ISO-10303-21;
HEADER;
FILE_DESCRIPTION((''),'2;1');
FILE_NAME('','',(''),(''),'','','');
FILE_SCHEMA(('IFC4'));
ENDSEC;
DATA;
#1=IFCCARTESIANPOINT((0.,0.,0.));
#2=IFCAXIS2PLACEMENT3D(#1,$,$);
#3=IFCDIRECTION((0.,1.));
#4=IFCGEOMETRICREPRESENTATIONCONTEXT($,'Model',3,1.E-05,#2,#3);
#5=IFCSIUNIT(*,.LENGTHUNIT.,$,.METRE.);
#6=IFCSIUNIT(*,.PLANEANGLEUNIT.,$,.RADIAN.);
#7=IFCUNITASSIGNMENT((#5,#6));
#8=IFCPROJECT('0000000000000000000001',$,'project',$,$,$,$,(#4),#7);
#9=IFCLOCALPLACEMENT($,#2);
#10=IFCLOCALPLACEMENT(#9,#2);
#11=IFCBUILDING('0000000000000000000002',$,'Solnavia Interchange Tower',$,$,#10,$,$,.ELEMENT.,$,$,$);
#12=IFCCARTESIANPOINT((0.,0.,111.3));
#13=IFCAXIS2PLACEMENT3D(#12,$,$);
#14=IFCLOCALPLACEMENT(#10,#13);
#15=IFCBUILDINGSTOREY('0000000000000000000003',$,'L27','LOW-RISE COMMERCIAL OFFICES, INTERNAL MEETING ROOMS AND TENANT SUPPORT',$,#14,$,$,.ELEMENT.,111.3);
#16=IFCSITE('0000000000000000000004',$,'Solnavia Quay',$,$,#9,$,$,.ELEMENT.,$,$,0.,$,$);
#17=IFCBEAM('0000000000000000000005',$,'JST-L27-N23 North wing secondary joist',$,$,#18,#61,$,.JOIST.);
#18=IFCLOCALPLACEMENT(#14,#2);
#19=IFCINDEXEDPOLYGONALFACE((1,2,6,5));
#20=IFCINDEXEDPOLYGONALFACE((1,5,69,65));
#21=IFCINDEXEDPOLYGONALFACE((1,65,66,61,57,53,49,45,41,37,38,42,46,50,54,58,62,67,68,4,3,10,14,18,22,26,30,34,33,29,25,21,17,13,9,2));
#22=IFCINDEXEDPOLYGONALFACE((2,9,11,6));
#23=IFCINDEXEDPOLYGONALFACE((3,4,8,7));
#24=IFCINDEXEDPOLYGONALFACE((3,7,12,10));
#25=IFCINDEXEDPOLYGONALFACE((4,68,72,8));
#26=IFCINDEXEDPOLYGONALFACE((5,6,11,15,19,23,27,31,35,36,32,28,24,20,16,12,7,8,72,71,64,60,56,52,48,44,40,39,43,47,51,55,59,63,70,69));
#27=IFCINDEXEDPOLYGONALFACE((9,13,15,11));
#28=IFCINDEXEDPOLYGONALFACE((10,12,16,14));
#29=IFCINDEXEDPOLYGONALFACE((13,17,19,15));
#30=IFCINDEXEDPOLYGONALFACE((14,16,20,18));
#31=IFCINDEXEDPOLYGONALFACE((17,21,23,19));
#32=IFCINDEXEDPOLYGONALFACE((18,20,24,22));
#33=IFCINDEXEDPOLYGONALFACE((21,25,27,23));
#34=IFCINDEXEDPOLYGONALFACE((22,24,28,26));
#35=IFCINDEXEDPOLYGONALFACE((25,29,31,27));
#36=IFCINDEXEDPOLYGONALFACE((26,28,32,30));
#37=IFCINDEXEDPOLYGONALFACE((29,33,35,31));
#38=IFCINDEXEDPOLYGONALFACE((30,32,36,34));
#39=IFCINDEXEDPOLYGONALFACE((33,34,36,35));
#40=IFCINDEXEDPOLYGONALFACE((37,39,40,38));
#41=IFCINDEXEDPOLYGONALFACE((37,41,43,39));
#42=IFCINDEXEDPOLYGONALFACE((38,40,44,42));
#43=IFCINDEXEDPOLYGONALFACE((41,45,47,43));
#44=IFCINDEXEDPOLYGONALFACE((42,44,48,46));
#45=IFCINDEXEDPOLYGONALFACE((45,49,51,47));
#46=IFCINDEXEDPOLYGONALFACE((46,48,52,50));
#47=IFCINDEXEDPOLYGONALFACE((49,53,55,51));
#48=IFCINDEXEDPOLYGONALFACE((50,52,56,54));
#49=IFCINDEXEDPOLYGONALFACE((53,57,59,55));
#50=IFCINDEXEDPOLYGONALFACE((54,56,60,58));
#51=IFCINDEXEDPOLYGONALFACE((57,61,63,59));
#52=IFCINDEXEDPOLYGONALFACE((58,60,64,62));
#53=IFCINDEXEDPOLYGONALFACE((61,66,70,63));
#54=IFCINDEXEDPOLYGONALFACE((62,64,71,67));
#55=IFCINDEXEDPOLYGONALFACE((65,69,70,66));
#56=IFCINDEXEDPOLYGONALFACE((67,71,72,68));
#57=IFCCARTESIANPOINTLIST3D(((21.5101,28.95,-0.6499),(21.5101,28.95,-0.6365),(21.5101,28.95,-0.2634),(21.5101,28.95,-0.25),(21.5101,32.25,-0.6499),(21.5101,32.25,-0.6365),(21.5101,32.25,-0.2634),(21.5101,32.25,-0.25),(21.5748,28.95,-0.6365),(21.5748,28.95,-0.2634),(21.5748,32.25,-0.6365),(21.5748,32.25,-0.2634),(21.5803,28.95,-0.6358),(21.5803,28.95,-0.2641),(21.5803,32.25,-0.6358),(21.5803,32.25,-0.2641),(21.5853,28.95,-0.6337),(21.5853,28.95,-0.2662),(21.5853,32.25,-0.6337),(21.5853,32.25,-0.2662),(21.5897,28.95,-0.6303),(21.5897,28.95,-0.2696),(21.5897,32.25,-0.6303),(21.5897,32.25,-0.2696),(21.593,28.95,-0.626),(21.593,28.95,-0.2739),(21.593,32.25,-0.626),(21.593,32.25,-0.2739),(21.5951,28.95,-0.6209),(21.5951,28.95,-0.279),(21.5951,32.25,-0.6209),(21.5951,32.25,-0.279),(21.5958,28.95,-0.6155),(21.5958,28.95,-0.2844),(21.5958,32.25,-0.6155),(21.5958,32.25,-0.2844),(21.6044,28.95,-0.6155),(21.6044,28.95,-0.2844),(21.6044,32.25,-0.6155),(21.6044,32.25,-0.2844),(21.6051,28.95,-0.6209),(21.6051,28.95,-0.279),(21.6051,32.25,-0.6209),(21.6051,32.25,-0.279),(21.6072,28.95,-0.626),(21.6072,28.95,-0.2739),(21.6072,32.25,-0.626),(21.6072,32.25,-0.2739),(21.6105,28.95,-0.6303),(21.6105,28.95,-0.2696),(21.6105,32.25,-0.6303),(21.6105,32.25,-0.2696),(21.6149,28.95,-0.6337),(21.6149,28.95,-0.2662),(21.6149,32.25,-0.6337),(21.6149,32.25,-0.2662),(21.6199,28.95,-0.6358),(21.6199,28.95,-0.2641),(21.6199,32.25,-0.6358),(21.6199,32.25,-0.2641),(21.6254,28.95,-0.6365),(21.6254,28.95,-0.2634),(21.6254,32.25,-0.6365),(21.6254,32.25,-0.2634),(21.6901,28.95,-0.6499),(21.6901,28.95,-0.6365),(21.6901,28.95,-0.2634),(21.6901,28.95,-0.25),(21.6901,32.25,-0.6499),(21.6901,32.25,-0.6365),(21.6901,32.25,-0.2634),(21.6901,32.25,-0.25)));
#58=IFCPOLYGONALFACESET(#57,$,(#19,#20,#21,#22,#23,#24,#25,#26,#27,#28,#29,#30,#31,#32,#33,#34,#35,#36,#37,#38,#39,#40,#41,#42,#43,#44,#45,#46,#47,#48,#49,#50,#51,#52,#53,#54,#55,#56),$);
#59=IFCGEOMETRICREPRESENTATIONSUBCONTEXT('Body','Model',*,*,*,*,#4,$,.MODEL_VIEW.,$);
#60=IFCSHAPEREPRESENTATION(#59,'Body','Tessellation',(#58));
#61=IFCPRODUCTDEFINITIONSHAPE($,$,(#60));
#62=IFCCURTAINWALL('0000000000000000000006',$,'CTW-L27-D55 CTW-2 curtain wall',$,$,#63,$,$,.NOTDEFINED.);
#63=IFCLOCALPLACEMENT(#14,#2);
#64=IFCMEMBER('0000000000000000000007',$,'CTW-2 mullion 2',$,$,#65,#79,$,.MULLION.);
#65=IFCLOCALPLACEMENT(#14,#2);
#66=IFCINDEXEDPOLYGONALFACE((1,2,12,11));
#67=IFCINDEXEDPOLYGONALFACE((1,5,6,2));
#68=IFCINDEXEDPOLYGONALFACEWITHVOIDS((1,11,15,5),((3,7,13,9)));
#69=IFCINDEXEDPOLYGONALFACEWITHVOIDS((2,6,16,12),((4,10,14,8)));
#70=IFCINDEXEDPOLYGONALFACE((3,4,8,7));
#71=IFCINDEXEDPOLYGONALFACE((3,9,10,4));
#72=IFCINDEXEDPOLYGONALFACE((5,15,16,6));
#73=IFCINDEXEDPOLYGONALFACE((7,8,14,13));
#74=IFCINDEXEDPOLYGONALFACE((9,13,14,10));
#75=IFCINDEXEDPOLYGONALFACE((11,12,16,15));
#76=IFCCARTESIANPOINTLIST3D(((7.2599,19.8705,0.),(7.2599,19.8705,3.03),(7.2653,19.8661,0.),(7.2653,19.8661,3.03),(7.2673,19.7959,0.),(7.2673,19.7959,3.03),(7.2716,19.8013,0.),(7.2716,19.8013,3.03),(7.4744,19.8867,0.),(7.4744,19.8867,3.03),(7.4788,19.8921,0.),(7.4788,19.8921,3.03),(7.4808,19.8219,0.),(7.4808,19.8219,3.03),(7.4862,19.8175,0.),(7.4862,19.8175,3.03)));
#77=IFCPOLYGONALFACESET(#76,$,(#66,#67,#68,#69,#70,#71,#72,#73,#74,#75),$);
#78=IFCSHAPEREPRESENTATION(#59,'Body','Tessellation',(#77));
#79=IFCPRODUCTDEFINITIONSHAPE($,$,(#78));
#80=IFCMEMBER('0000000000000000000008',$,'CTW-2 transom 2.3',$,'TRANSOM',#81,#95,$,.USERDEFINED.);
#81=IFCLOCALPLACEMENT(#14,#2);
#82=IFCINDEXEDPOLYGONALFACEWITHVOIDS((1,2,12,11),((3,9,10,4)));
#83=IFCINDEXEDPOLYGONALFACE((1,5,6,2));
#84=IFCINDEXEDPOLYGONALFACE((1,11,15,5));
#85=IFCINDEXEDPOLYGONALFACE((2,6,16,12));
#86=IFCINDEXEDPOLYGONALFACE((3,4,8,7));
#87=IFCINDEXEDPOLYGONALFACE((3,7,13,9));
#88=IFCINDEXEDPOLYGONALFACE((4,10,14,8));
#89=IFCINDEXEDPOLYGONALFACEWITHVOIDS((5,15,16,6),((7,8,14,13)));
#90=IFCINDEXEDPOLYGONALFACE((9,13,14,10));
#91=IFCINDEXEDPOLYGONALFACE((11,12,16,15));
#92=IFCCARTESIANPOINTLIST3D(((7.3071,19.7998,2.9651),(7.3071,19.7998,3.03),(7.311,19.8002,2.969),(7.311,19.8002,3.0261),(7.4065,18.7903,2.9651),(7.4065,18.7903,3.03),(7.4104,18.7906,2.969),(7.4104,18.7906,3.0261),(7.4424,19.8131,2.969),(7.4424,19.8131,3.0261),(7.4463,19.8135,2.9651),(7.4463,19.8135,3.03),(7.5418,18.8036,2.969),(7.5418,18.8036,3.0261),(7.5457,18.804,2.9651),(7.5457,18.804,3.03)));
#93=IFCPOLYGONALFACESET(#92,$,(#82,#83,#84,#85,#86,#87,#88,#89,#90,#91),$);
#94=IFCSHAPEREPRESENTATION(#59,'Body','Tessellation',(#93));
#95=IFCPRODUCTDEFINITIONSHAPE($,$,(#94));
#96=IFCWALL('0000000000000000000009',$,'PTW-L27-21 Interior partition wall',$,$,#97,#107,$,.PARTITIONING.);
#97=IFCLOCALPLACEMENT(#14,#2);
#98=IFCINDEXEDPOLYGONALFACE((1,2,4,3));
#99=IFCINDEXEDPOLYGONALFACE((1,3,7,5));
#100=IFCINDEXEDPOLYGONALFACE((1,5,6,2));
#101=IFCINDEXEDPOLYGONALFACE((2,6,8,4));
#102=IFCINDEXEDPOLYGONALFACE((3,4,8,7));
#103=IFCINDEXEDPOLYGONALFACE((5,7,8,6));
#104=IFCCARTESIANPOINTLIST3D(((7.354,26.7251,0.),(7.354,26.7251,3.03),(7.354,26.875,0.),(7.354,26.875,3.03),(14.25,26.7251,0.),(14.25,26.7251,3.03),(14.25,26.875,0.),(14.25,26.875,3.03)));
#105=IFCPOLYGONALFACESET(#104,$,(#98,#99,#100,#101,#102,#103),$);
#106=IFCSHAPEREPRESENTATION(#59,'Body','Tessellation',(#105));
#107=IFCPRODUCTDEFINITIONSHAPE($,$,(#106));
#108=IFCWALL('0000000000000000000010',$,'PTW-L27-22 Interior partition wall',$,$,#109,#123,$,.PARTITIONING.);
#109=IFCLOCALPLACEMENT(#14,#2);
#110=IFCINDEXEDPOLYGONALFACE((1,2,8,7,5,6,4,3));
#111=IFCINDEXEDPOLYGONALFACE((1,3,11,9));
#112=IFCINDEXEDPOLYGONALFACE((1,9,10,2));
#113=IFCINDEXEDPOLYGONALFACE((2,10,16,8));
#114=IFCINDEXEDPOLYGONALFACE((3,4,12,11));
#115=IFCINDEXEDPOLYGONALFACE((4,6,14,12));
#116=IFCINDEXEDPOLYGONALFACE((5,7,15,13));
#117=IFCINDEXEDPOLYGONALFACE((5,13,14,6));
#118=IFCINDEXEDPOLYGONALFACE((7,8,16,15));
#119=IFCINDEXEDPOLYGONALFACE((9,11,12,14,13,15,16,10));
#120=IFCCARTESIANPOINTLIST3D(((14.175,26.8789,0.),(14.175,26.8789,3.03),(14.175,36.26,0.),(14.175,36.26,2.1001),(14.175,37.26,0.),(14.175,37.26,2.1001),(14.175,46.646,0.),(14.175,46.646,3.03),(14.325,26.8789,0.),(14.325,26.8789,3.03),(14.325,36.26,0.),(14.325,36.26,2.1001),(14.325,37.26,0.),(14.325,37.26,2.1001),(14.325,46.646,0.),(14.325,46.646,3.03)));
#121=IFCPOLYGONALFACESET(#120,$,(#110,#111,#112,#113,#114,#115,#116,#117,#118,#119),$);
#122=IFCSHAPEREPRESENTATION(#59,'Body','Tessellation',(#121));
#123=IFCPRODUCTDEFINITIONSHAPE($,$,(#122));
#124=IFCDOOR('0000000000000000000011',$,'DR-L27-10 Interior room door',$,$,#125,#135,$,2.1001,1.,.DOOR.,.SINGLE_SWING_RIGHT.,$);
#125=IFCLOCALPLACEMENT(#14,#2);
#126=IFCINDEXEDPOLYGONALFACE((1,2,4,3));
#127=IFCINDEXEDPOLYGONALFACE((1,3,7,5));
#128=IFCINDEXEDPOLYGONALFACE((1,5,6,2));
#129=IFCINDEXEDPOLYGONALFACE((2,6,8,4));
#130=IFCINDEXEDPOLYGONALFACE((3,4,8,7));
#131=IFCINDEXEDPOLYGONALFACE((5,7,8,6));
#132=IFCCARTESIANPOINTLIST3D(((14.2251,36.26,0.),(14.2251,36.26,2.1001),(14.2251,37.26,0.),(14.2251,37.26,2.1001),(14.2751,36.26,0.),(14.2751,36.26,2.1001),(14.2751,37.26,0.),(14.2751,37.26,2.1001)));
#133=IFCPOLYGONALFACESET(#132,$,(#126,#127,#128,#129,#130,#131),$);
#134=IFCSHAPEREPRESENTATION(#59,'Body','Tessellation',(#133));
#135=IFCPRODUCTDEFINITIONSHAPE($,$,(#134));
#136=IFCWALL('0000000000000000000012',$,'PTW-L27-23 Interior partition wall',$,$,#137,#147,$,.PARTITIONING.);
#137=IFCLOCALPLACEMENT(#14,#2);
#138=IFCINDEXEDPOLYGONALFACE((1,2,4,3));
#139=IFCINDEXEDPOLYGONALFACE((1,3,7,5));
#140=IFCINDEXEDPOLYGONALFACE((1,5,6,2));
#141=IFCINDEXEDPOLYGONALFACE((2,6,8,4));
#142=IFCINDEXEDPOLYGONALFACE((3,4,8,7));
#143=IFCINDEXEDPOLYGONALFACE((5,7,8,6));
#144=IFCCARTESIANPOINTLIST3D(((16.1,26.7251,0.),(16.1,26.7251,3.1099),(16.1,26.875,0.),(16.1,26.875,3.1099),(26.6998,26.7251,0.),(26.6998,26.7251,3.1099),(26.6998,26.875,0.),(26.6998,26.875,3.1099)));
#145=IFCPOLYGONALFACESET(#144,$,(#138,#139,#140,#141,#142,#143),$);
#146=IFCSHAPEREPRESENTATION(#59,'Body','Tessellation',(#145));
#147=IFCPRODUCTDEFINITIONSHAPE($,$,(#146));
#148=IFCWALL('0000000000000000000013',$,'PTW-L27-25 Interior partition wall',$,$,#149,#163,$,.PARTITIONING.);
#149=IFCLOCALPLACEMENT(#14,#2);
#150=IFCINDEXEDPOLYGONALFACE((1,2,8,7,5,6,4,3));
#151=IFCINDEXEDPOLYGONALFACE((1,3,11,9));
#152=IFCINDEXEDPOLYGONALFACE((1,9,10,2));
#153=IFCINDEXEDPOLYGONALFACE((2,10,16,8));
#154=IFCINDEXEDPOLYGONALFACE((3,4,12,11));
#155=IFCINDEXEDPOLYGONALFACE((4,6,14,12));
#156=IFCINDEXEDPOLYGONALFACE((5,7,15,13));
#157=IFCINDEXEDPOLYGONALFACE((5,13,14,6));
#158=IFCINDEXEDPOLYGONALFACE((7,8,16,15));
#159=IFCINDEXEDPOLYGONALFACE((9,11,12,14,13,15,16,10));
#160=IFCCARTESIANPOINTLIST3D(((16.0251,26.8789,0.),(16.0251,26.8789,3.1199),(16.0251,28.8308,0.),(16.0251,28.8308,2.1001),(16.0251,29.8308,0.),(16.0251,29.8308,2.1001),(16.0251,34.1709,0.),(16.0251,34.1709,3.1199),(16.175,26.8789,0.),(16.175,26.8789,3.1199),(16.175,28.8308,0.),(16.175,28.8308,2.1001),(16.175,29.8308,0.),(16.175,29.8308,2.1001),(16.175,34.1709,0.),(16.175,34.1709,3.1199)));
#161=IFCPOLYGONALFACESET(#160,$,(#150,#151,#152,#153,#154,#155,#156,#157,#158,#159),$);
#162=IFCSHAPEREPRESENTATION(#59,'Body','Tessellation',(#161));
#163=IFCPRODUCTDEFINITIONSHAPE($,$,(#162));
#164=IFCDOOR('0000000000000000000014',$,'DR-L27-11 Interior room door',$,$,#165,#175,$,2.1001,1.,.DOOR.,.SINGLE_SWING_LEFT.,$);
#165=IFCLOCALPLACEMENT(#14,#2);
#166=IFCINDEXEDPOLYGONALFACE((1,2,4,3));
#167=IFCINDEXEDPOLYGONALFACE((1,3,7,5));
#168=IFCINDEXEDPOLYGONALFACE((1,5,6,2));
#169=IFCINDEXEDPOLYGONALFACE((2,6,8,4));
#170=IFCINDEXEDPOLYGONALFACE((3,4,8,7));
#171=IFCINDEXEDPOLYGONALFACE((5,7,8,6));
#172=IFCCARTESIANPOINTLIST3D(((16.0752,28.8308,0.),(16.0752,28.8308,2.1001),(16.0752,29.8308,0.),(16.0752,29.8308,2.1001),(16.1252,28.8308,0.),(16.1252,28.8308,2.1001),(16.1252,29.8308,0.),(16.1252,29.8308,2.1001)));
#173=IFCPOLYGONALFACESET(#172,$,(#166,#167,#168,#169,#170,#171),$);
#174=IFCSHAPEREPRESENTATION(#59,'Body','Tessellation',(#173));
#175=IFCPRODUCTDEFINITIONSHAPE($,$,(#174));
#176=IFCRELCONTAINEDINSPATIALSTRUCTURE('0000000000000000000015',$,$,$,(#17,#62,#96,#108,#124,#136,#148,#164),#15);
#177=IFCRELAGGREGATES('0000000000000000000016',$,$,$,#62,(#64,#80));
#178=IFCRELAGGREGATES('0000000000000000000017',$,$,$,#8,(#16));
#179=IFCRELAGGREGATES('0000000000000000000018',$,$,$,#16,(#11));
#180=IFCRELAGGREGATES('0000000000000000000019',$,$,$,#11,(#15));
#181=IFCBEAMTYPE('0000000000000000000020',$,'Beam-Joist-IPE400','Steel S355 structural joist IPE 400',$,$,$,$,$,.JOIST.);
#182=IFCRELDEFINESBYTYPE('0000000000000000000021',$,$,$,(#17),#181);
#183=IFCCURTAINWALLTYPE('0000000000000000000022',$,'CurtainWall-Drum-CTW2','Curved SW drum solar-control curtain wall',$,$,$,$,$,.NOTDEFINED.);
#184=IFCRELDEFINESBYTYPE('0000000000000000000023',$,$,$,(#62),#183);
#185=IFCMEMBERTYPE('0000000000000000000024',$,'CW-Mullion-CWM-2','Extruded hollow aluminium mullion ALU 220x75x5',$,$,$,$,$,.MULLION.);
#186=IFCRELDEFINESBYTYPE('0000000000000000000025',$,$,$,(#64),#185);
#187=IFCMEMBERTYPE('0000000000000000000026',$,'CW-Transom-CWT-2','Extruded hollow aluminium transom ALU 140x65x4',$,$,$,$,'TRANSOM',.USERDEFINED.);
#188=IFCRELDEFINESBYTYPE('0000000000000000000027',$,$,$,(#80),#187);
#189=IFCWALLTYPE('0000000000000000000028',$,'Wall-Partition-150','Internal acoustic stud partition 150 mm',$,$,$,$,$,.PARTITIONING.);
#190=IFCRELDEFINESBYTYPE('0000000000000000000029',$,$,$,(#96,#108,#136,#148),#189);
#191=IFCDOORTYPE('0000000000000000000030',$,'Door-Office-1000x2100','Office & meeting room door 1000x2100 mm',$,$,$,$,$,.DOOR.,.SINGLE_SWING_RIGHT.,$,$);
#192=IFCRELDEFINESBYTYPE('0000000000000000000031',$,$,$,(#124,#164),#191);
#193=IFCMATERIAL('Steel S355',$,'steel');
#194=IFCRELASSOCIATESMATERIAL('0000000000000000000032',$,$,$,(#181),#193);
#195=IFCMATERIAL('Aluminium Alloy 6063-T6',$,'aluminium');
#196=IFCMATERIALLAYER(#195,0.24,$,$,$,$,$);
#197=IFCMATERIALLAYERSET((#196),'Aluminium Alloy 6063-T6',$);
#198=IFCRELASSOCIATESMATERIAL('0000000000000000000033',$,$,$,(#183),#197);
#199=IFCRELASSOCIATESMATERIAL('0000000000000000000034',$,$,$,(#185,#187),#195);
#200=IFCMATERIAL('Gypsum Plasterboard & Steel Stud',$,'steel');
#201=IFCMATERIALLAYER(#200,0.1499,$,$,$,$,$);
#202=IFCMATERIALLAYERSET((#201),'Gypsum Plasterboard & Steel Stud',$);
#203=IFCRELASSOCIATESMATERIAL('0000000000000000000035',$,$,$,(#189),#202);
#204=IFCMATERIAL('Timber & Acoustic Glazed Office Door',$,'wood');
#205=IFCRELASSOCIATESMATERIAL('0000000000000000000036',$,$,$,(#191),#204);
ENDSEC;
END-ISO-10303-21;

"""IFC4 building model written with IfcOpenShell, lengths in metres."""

from ifc_helpers import new_model, si_unit, direction, frame, frame_2d, origin, origin_2d, place, context, subcontext, project, spatial, rectangle, hollow_rectangle, i_section, extrude, material, layer, layer_set, material_profile, profile_set, type_object, element, fill, aggregate, save


model = new_model("IFC4")

# Units and contexts
model_context = context("Model", 3, precision=1e-05, world=origin(), true_north=direction((0.0, 1.0)))
body_context = subcontext(model_context, "Body", "Model", "MODEL_VIEW")
ifc_project = project(units=[si_unit("LENGTHUNIT", "METRE"), si_unit("PLANEANGLEUNIT", "RADIAN")], contexts=[model_context])

# Site, building, storey
site_placement = place(None, origin())
site = spatial("IfcSite", under=ifc_project, at=site_placement, Name="Solnavia Quay", CompositionType="ELEMENT", RefElevation=0.0)
building_placement = place(site_placement, origin())
building = spatial("IfcBuilding", under=site, at=building_placement, Name="Solnavia Interchange Tower", CompositionType="ELEMENT")
storey_placement = place(building_placement, frame((0.0, 0.0, 111.3)))
storey = spatial("IfcBuildingStorey", under=building, at=storey_placement, Name="L27", Description="LOW-RISE COMMERCIAL OFFICES, INTERNAL MEETING ROOMS AND TENANT SUPPORT", CompositionType="ELEMENT", Elevation=111.3)

# Shared definitions
ifc_material_1 = material(Name="Steel S355", Category="steel")

# Beam
ifc_material_profile_1 = material_profile(ifc_material_1, i_section(OverallWidth=0.1799, OverallDepth=0.3999, WebThickness=0.0085, FlangeThickness=0.0134, FilletRadius=0.021, at=origin_2d()), Name="IPE 400")
ifc_profile_set_1 = profile_set([ifc_material_profile_1], Name="Steel S355")
beam_type_1 = type_object("IfcBeamType", Name="Beam-Joist-IPE400", Description="Steel S355 structural joist IPE 400", PredefinedType="JOIST", material=ifc_profile_set_1)
for number, where, z_axis, x_axis, name in (
    (1, (21.6001, 28.95, -0.45), (0.0, 1.0, 0.0), (-1.0, 0.0, 0.0), "JST-L27-N23 North wing secondary joist"),
):
    element("IfcBeam", number, at=place(storey_placement, frame(where, z_axis=z_axis, x_axis=x_axis)), inside=storey, type_object=beam_type_1, Name=name, PredefinedType="JOIST", context=body_context, shape_type="SweptSolid", body=[
        extrude(i_section(OverallWidth=0.1799, OverallDepth=0.3999, WebThickness=0.0085, FlangeThickness=0.0134, FilletRadius=0.021, at=origin_2d()), origin(), (0.0, 0.0, 1.0), 3.3),
    ])

# Curtain wall, members
ifc_material_2 = material(Name="Aluminium Alloy 6063-T6", Category="aluminium")
ifc_layer_1 = layer(ifc_material_2, 0.24)
ifc_layer_set_1 = layer_set([ifc_layer_1], Name="Aluminium Alloy 6063-T6")
curtain_wall_type = type_object("IfcCurtainWallType", Name="CurtainWall-Drum-CTW2", Description="Curved SW drum solar-control curtain wall", PredefinedType="NOTDEFINED", material=ifc_layer_set_1)
curtain_wall_placement = place(storey_placement, origin())
curtain_wall = element("IfcCurtainWall", 2, at=curtain_wall_placement, inside=storey, type_object=curtain_wall_type, Name="CTW-L27-D55 CTW-2 curtain wall", PredefinedType="NOTDEFINED")
ifc_material_profile_2 = material_profile(ifc_material_2, hollow_rectangle(XDim=0.075, YDim=0.22, WallThickness=0.0049, at=origin_2d()), Name="ALU 220x75x5")
ifc_profile_set_2 = profile_set([ifc_material_profile_2], Name="Aluminium Alloy 6063-T6")
member_type_1 = type_object("IfcMemberType", Name="CW-Mullion-CWM-2", Description="Extruded hollow aluminium mullion ALU 220x75x5", PredefinedType="MULLION", material=ifc_profile_set_2)
member_1_placement = place(storey_placement, frame((7.373, 19.844, 0.0), z_axis=(0.0, 0.0, 1.0), x_axis=(0.098045, -0.995182, 0.0)))
member_1 = element("IfcMember", 3, at=member_1_placement, type_object=member_type_1, Name="CTW-2 mullion 2", PredefinedType="MULLION", context=body_context, shape_type="SweptSolid", body=[
    extrude(hollow_rectangle(XDim=0.075, YDim=0.22, WallThickness=0.0049, at=origin_2d()), origin(), (0.0, 0.0, 1.0), 3.03),
])
ifc_material_profile_3 = material_profile(ifc_material_2, hollow_rectangle(XDim=0.0649, YDim=0.1399, WallThickness=0.0039, at=origin_2d()), Name="ALU 140x65x4")
ifc_profile_set_3 = profile_set([ifc_material_profile_3], Name="Aluminium Alloy 6063-T6")
member_type_2 = type_object("IfcMemberType", Name="CW-Transom-CWT-2", Description="Extruded hollow aluminium transom ALU 140x65x4", ElementType="TRANSOM", PredefinedType="USERDEFINED", material=ifc_profile_set_3)
member_2_placement = place(storey_placement, frame((7.3767, 19.8066, 2.9976), z_axis=(0.097955, -0.995191, 0.0), x_axis=(0.0, 0.0, 1.0)))
member_2 = element("IfcMember", 4, at=member_2_placement, type_object=member_type_2, Name="CTW-2 transom 2.3", ObjectType="TRANSOM", PredefinedType="USERDEFINED", context=body_context, shape_type="SweptSolid", body=[
    extrude(hollow_rectangle(XDim=0.0649, YDim=0.1399, WallThickness=0.0039, at=origin_2d()), origin(), (0.0, 0.0, 1.0), 1.0144),
])
aggregate(curtain_wall, [member_1, member_2])

# Wall
ifc_material_3 = material(Name="Gypsum Plasterboard & Steel Stud", Category="steel")
ifc_layer_2 = layer(ifc_material_3, 0.1499)
ifc_layer_set_2 = layer_set([ifc_layer_2], Name="Gypsum Plasterboard & Steel Stud")
wall_type_1 = type_object("IfcWallType", Name="Wall-Partition-150", Description="Internal acoustic stud partition 150 mm", PredefinedType="PARTITIONING", material=ifc_layer_set_2)
wall_1_placement = place(storey_placement, frame((7.354, 26.8, 0.0), z_axis=(0.0, 0.0, 1.0), x_axis=(1.0, 0.0, 0.0)))
element("IfcWall", 5, at=wall_1_placement, inside=storey, type_object=wall_type_1, Name="PTW-L27-21 Interior partition wall", PredefinedType="PARTITIONING", context=body_context, shape_type="SweptSolid", body=[
    extrude(rectangle(XDim=6.896, YDim=0.1499, at=frame_2d((3.448, 0.0))), origin(), (0.0, 0.0, 1.0), 3.03),
])

# Wall, opening, door
wall_2_placement = place(storey_placement, frame((14.25, 26.8789, 0.0), z_axis=(0.0, 0.0, 1.0), x_axis=(0.0, 1.0, 0.0)))
wall_2 = element("IfcWall", 6, at=wall_2_placement, inside=storey, type_object=wall_type_1, Name="PTW-L27-22 Interior partition wall", PredefinedType="PARTITIONING", context=body_context, shape_type="SweptSolid", body=[
    extrude(rectangle(XDim=19.7671, YDim=0.1499, at=frame_2d((9.8835, 0.0))), origin(), (0.0, 0.0, 1.0), 3.03),
])
opening_1_placement = place(wall_2_placement, frame((9.3811, 0.0, 0.0)))
opening_1 = element("IfcOpeningElement", 7, at=opening_1_placement, cuts=wall_2, PredefinedType="OPENING", context=body_context, shape_type="SweptSolid", body=[
    extrude(rectangle(XDim=1.0, YDim=2.1001, at=frame_2d((0.5, 1.05))), frame((0.0, 0.085, 0.0), z_axis=(0.0, -1.0, 0.0), x_axis=(1.0, 0.0, 0.0)), (0.0, 0.0, 1.0), 0.1699),
])
ifc_material_4 = material(Name="Timber & Acoustic Glazed Office Door", Category="wood")
door_type_1 = type_object("IfcDoorType", Name="Door-Office-1000x2100", Description="Office & meeting room door 1000x2100 mm", OperationType="SINGLE_SWING_RIGHT", PredefinedType="DOOR", material=ifc_material_4)
door_1_placement = place(opening_1_placement, origin())
door_1 = element("IfcDoor", 8, at=door_1_placement, inside=storey, type_object=door_type_1, Name="DR-L27-10 Interior room door", OperationType="SINGLE_SWING_RIGHT", OverallHeight=2.1001, OverallWidth=1.0, PredefinedType="DOOR", context=body_context, shape_type="SweptSolid", body=[
    extrude(rectangle(XDim=1.0, YDim=2.1001, at=frame_2d((0.5, 1.05))), frame((0.0, 0.0249, 0.0), z_axis=(0.0, -1.0, 0.0), x_axis=(1.0, 0.0, 0.0)), (0.0, 0.0, 1.0), 0.05),
])
fill(opening_1, door_1)

# Wall
wall_3_placement = place(storey_placement, frame((16.1001, 26.8, 0.0), z_axis=(0.0, 0.0, 1.0), x_axis=(1.0, 0.0, 0.0)))
element("IfcWall", 9, at=wall_3_placement, inside=storey, type_object=wall_type_1, Name="PTW-L27-23 Interior partition wall", PredefinedType="PARTITIONING", context=body_context, shape_type="SweptSolid", body=[
    extrude(rectangle(XDim=10.5999, YDim=0.1499, at=frame_2d((5.2998, 0.0))), origin(), (0.0, 0.0, 1.0), 3.1099),
])

# Wall, opening, door
wall_4_placement = place(storey_placement, frame((16.1001, 26.8789, 0.0), z_axis=(0.0, 0.0, 1.0), x_axis=(0.0, 1.0, 0.0)))
wall_4 = element("IfcWall", 10, at=wall_4_placement, inside=storey, type_object=wall_type_1, Name="PTW-L27-25 Interior partition wall", PredefinedType="PARTITIONING", context=body_context, shape_type="SweptSolid", body=[
    extrude(rectangle(XDim=7.292, YDim=0.1499, at=frame_2d((3.646, 0.0))), origin(), (0.0, 0.0, 1.0), 3.1199),
])
opening_2_placement = place(wall_4_placement, frame((1.9519, 0.0, 0.0)))
opening_2 = element("IfcOpeningElement", 11, at=opening_2_placement, cuts=wall_4, PredefinedType="OPENING", context=body_context, shape_type="SweptSolid", body=[
    extrude(rectangle(XDim=1.0, YDim=2.1001, at=frame_2d((0.5, 1.05))), frame((0.0, 0.085, 0.0), z_axis=(0.0, -1.0, 0.0), x_axis=(1.0, 0.0, 0.0)), (0.0, 0.0, 1.0), 0.1699),
])
door_2_placement = place(opening_2_placement, origin())
door_2 = element("IfcDoor", 12, at=door_2_placement, inside=storey, type_object=door_type_1, Name="DR-L27-11 Interior room door", OperationType="SINGLE_SWING_LEFT", OverallHeight=2.1001, OverallWidth=1.0, PredefinedType="DOOR", context=body_context, shape_type="SweptSolid", body=[
    extrude(rectangle(XDim=1.0, YDim=2.1001, at=frame_2d((0.5, 1.05))), frame((0.0, 0.0249, 0.0), z_axis=(0.0, -1.0, 0.0), x_axis=(1.0, 0.0, 0.0)), (0.0, 0.0, 1.0), 0.05),
])
fill(opening_2, door_2)

save(model, "model.ifc")
